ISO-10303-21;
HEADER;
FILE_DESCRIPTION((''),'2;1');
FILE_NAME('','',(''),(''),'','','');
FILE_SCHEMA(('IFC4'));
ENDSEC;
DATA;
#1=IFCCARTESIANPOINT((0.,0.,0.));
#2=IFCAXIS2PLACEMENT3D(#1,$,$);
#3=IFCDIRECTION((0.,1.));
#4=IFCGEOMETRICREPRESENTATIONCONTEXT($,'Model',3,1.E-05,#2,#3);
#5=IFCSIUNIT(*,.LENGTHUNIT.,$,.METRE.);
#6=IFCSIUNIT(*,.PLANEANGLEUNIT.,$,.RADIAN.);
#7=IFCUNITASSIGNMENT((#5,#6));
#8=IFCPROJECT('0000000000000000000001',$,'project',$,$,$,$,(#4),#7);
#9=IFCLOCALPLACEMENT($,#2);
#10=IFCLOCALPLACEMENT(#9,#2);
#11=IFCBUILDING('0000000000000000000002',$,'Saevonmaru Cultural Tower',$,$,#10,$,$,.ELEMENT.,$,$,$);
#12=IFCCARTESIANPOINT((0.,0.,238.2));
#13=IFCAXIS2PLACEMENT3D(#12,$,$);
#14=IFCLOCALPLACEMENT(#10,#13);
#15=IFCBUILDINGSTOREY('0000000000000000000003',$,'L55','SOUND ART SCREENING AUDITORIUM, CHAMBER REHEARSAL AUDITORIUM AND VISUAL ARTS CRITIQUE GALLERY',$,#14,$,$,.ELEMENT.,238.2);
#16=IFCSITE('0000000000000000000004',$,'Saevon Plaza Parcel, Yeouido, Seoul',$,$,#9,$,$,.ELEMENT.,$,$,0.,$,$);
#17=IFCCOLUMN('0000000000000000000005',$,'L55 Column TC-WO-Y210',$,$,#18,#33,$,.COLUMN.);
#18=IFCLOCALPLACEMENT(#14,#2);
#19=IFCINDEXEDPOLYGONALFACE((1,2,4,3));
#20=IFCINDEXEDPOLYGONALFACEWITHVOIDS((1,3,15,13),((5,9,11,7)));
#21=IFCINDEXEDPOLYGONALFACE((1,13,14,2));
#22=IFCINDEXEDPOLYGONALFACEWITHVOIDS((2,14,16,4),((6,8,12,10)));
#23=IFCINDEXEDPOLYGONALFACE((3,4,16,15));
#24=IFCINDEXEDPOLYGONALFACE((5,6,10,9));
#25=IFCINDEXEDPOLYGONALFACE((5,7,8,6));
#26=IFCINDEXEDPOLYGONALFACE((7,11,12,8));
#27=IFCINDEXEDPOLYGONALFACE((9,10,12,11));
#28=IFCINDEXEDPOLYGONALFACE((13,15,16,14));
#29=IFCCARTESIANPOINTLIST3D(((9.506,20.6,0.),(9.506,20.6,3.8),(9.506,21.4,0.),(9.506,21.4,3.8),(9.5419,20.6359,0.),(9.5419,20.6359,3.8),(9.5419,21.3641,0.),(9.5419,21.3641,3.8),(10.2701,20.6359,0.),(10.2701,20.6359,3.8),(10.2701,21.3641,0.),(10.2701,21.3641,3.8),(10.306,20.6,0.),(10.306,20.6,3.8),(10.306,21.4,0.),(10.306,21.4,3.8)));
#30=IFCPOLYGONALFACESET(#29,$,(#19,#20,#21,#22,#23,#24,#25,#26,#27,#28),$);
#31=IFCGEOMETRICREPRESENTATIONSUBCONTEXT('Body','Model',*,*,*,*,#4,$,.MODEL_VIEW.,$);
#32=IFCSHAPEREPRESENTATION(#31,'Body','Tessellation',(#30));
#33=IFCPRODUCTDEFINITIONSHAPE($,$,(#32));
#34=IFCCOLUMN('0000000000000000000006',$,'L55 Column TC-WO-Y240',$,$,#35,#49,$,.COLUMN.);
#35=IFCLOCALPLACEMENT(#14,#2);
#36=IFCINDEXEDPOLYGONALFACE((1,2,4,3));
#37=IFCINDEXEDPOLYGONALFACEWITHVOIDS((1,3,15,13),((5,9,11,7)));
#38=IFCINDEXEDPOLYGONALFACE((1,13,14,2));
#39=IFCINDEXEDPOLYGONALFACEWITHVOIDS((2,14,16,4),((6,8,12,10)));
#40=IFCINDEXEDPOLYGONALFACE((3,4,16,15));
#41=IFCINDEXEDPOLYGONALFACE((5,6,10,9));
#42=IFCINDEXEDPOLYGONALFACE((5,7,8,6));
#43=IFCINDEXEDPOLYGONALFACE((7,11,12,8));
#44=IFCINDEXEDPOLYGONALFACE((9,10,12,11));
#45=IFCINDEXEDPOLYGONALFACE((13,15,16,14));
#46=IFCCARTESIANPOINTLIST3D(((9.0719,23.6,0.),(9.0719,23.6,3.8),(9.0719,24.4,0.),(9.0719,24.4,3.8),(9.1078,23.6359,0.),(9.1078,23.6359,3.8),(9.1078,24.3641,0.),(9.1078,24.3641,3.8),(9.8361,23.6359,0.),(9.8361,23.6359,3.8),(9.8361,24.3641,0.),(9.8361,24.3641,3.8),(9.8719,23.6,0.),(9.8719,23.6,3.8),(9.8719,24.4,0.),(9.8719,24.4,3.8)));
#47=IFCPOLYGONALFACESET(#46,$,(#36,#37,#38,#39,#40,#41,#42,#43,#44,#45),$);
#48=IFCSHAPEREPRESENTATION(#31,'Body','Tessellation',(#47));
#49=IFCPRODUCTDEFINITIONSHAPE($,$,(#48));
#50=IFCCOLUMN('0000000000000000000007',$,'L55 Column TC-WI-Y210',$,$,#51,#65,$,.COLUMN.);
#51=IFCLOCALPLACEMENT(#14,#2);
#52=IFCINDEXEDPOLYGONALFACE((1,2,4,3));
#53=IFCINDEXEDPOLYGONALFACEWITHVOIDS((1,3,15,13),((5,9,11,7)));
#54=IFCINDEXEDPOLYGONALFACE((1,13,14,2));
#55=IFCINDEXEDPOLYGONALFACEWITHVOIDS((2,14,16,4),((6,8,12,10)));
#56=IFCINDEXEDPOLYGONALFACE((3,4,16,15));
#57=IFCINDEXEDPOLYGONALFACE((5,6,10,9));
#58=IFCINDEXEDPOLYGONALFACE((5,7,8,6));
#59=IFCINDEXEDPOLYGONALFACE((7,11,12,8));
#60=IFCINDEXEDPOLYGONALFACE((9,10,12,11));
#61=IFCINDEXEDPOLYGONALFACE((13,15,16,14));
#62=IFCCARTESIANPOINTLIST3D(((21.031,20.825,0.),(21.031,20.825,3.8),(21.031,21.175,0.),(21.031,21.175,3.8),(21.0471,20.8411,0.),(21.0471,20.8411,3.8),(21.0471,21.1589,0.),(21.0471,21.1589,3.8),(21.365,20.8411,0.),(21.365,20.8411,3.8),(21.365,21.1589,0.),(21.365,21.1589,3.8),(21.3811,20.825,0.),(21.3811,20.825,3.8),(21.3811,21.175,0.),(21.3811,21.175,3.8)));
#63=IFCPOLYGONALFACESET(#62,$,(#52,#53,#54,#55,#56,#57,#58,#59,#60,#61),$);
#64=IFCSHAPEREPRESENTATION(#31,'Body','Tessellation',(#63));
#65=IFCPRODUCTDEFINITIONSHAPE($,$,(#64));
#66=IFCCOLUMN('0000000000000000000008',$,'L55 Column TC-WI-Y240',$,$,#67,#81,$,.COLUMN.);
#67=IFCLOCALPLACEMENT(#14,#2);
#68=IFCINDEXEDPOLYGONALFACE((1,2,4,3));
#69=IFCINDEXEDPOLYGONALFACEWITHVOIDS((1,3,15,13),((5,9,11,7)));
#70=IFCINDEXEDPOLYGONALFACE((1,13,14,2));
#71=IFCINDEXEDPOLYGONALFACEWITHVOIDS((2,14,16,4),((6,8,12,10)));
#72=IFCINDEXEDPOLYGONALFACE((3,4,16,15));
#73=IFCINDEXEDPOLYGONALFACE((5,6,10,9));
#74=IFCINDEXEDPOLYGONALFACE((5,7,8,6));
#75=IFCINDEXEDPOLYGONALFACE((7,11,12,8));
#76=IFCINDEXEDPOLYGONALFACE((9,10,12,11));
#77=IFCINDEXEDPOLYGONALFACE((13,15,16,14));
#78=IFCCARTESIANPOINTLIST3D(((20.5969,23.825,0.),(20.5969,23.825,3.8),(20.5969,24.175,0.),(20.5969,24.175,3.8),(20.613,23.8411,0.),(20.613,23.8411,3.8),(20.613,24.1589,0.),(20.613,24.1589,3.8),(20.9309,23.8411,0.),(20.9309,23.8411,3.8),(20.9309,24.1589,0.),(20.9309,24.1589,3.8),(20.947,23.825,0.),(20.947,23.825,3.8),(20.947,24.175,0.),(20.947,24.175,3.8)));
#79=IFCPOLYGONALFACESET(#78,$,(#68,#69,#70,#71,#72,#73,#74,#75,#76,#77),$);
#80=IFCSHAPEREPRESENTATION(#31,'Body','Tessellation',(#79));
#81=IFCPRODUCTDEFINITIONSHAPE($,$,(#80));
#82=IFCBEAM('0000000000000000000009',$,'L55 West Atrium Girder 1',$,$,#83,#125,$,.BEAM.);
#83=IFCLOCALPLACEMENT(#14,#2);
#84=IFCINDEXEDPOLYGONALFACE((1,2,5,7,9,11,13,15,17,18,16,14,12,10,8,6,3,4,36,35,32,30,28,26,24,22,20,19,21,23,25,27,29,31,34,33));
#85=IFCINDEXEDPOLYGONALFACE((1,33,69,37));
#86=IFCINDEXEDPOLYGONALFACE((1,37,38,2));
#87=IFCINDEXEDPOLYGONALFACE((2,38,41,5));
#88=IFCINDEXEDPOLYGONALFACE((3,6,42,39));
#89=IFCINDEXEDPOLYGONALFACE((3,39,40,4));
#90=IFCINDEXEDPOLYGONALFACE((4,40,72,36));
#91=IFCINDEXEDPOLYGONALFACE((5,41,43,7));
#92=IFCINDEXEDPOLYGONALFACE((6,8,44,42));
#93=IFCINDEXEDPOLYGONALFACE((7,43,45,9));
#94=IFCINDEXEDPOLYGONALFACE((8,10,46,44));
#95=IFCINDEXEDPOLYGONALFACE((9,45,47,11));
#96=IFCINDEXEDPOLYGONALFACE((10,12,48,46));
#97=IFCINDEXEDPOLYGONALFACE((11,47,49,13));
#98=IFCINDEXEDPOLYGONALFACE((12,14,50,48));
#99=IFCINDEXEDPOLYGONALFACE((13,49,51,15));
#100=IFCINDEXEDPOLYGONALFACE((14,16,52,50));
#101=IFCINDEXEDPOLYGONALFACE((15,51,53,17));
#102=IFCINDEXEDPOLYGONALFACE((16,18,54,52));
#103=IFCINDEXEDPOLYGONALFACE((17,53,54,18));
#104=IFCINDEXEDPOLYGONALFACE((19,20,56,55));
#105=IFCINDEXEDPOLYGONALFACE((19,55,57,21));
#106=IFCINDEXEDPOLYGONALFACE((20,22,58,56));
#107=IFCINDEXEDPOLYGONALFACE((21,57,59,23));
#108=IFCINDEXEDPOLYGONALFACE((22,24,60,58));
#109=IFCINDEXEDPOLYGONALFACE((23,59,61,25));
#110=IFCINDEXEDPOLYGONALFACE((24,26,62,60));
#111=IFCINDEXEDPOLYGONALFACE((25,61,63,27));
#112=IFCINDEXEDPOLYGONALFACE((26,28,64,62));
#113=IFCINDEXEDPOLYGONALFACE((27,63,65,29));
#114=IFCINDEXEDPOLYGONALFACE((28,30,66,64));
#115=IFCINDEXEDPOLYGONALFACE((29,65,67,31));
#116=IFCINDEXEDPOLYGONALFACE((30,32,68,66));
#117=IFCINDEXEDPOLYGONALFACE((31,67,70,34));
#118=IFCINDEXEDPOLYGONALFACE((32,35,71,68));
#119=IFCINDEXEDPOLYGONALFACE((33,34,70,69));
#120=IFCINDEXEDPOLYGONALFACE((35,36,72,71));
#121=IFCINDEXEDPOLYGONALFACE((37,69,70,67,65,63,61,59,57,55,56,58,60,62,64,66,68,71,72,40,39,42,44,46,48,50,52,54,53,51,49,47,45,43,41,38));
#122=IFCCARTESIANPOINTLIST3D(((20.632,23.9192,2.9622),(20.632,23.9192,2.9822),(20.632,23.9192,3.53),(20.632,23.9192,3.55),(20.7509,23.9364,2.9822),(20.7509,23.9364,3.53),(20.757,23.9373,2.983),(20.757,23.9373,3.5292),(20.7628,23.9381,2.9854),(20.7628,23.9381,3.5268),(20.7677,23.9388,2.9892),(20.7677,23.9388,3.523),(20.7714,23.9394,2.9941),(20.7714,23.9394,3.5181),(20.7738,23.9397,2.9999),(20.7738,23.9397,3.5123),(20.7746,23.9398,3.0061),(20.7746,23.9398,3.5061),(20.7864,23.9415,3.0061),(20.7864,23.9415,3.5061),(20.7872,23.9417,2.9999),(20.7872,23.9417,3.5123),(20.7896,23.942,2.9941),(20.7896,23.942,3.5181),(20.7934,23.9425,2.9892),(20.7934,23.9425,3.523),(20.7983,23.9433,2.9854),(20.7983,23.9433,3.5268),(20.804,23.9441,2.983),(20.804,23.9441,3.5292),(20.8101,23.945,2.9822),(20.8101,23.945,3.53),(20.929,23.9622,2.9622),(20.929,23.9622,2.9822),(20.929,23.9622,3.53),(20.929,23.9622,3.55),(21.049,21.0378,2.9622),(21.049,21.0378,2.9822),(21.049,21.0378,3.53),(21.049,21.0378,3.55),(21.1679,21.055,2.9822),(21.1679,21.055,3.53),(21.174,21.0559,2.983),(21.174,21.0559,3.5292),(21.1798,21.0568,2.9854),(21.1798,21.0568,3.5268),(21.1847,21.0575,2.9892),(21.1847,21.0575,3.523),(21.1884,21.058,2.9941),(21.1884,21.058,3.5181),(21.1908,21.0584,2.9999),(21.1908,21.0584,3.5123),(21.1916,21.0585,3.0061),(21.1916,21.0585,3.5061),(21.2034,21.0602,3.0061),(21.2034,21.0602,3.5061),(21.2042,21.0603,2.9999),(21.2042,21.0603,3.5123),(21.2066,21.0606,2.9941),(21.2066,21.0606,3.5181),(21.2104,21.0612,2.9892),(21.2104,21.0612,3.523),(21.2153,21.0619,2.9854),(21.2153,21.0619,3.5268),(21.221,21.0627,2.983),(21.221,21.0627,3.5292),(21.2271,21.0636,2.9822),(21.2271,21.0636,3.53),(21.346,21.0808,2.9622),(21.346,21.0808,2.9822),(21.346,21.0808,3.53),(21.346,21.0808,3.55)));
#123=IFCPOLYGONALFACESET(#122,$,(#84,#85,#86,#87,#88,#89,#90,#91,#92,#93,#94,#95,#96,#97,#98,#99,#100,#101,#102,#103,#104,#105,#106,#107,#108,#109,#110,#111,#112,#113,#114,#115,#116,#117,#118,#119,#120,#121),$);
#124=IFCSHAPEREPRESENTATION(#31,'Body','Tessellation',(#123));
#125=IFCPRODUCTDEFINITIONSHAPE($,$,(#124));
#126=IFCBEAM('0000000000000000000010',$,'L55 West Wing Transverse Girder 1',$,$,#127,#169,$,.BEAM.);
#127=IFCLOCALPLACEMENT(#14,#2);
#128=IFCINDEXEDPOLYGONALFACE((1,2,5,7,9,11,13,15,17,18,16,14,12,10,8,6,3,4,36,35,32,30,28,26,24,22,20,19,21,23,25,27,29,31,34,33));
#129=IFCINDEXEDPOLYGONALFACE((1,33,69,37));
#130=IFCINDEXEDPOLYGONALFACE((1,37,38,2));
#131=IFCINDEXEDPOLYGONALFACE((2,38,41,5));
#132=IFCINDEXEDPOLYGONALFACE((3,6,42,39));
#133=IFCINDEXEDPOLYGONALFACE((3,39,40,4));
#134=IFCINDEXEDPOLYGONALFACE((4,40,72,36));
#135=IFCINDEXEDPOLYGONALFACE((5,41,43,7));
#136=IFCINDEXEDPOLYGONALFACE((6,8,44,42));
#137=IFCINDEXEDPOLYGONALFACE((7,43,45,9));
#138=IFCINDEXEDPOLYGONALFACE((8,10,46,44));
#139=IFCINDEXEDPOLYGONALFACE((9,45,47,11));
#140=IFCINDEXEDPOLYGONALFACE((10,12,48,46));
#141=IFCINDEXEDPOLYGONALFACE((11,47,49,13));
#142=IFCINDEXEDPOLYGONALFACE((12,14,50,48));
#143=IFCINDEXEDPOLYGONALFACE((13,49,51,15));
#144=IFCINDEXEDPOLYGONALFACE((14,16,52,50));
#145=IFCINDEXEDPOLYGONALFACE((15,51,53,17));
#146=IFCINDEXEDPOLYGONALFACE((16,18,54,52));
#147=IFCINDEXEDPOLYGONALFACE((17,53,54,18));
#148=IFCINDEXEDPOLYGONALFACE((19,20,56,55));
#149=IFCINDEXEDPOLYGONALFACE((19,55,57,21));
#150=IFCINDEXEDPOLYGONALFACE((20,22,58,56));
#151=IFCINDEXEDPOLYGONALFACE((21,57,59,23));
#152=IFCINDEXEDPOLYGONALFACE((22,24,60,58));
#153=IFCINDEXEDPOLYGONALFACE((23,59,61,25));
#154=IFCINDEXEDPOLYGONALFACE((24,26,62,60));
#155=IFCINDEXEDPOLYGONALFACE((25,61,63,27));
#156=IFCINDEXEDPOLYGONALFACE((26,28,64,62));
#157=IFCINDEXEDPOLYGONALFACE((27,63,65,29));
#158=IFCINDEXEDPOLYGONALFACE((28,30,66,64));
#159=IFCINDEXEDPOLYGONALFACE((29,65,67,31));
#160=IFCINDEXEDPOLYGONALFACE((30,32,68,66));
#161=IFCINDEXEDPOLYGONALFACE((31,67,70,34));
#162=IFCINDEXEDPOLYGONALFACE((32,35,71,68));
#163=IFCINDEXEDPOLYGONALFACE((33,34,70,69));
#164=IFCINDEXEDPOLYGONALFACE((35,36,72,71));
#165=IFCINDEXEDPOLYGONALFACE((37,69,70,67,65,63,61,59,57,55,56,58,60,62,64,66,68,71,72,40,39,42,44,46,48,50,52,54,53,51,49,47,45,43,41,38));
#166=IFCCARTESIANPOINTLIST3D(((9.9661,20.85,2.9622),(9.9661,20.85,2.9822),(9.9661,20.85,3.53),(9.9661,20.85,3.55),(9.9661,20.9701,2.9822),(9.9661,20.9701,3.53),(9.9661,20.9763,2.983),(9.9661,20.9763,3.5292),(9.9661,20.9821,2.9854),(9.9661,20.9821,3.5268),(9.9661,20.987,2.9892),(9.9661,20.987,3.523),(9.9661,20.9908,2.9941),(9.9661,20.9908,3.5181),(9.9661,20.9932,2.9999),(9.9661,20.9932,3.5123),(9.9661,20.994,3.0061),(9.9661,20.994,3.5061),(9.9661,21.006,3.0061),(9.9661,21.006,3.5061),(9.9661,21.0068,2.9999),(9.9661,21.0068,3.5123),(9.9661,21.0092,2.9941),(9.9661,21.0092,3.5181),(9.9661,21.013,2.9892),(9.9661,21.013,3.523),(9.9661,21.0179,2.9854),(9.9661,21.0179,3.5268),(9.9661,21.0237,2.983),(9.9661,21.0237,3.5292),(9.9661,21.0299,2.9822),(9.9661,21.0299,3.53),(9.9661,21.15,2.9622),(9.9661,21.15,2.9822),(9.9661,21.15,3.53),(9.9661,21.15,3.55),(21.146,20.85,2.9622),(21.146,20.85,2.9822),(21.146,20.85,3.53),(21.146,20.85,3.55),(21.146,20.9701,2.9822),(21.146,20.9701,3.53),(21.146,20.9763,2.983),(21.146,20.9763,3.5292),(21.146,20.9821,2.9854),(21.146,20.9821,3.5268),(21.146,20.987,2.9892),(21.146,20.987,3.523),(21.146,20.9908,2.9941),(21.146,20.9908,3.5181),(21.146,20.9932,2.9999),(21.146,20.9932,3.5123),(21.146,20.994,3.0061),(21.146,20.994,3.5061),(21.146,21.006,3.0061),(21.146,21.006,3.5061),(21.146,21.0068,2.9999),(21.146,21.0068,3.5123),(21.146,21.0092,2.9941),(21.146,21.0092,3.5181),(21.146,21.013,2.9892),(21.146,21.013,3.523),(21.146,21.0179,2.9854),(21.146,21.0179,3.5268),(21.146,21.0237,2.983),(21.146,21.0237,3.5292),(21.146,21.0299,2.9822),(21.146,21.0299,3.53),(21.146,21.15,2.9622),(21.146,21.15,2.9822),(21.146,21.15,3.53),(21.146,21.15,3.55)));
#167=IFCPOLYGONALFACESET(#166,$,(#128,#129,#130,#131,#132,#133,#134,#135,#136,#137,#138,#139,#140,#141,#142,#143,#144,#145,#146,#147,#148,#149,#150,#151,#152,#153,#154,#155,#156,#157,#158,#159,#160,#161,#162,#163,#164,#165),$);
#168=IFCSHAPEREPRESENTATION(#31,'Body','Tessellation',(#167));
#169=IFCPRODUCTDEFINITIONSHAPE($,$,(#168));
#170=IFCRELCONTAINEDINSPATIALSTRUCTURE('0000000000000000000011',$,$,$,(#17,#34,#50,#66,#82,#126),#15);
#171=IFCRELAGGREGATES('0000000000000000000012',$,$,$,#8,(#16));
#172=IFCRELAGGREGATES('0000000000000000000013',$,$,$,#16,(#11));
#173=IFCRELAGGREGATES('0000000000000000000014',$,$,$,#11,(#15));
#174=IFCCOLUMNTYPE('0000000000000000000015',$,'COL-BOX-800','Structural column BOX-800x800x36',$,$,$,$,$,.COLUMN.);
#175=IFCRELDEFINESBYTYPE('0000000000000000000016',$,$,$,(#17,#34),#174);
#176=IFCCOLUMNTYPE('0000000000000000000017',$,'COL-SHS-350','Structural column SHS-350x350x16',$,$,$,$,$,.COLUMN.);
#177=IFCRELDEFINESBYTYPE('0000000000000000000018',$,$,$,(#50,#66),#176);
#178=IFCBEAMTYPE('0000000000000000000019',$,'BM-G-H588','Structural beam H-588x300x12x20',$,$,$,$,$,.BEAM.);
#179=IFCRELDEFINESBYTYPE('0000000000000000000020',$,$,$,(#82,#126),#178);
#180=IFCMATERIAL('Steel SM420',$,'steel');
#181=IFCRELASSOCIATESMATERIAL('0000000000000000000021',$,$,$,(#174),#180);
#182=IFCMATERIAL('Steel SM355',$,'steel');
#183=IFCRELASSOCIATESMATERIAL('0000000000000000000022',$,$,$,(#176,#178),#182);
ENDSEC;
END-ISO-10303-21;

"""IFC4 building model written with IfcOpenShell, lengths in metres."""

from ifc_helpers import new_model, si_unit, direction, frame, origin, origin_2d, place, context, subcontext, project, spatial, hollow_rectangle, i_section, extrude, material, material_profile, profile_set, type_object, element, save


model = new_model("IFC4")

# Units and contexts
model_context = context("Model", 3, precision=1e-05, world=origin(), true_north=direction((0.0, 1.0)))
body_context = subcontext(model_context, "Body", "Model", "MODEL_VIEW")
ifc_project = project(units=[si_unit("LENGTHUNIT", "METRE"), si_unit("PLANEANGLEUNIT", "RADIAN")], contexts=[model_context])

# Site, building, storey
site_placement = place(None, origin())
site = spatial("IfcSite", under=ifc_project, at=site_placement, Name="Saevon Plaza Parcel, Yeouido, Seoul", CompositionType="ELEMENT", RefElevation=0.0)
building_placement = place(site_placement, origin())
building = spatial("IfcBuilding", under=site, at=building_placement, Name="Saevonmaru Cultural Tower", CompositionType="ELEMENT")
storey_placement = place(building_placement, frame((0.0, 0.0, 238.2)))
storey = spatial("IfcBuildingStorey", under=building, at=storey_placement, Name="L55", Description="SOUND ART SCREENING AUDITORIUM, CHAMBER REHEARSAL AUDITORIUM AND VISUAL ARTS CRITIQUE GALLERY", CompositionType="ELEMENT", Elevation=238.2)

# Columns
ifc_material_1 = material(Name="Steel SM420", Category="steel")
ifc_material_profile_1 = material_profile(ifc_material_1, hollow_rectangle(XDim=0.8, YDim=0.8, WallThickness=0.0359, at=origin_2d()), Name="BOX-800x800x36")
ifc_profile_set_1 = profile_set([ifc_material_profile_1], Name="Steel SM420")
column_type_1 = type_object("IfcColumnType", Name="COL-BOX-800", Description="Structural column BOX-800x800x36", PredefinedType="COLUMN", material=ifc_profile_set_1)
for number, where, z_axis, x_axis, name in (
    (1, (9.906, 21.0, 0.0), (0.0, 0.0, 1.0), (1.0, 0.0, 0.0), "L55 Column TC-WO-Y210"),
    (2, (9.4719, 24.0, 0.0), (0.0, 0.0, 1.0), (1.0, 0.0, 0.0), "L55 Column TC-WO-Y240"),
):
    element("IfcColumn", number, at=place(storey_placement, frame(where, z_axis=z_axis, x_axis=x_axis)), inside=storey, type_object=column_type_1, Name=name, PredefinedType="COLUMN", context=body_context, shape_type="SweptSolid", body=[
        extrude(hollow_rectangle(XDim=0.8, YDim=0.8, WallThickness=0.0359, at=origin_2d()), origin(), (0.0, 0.0, 1.0), 3.8),
    ])
ifc_material_2 = material(Name="Steel SM355", Category="steel")
ifc_material_profile_2 = material_profile(ifc_material_2, hollow_rectangle(XDim=0.3501, YDim=0.3501, WallThickness=0.0161, at=origin_2d()), Name="SHS-350x350x16")
ifc_profile_set_2 = profile_set([ifc_material_profile_2], Name="Steel SM355")
column_type_2 = type_object("IfcColumnType", Name="COL-SHS-350", Description="Structural column SHS-350x350x16", PredefinedType="COLUMN", material=ifc_profile_set_2)
for number, where, z_axis, x_axis, name in (
    (3, (21.2061, 21.0, 0.0), (0.0, 0.0, 1.0), (1.0, 0.0, 0.0), "L55 Column TC-WI-Y210"),
    (4, (20.772, 24.0, 0.0), (0.0, 0.0, 1.0), (1.0, 0.0, 0.0), "L55 Column TC-WI-Y240"),
):
    element("IfcColumn", number, at=place(storey_placement, frame(where, z_axis=z_axis, x_axis=x_axis)), inside=storey, type_object=column_type_2, Name=name, PredefinedType="COLUMN", context=body_context, shape_type="SweptSolid", body=[
        extrude(hollow_rectangle(XDim=0.3501, YDim=0.3501, WallThickness=0.0161, at=origin_2d()), origin(), (0.0, 0.0, 1.0), 3.8),
    ])

# Beams
ifc_material_profile_3 = material_profile(ifc_material_2, i_section(OverallWidth=0.3, OverallDepth=0.5879, WebThickness=0.012, FlangeThickness=0.02, FilletRadius=0.0239, at=origin_2d()), Name="H-588x300x12x20")
ifc_profile_set_3 = profile_set([ifc_material_profile_3], Name="Steel SM355")
beam_type_1 = type_object("IfcBeamType", Name="BM-G-H588", Description="Structural beam H-588x300x12x20", PredefinedType="BEAM", material=ifc_profile_set_3)
beam_1_placement = place(storey_placement, frame((21.1975, 21.0593, 3.2561), z_axis=(-0.143229, 0.98969, 0.0), x_axis=(-0.98969, -0.143229, 0.0)))
element("IfcBeam", 5, at=beam_1_placement, inside=storey, type_object=beam_type_1, Name="L55 West Atrium Girder 1", PredefinedType="BEAM", context=body_context, shape_type="SweptSolid", body=[
    extrude(i_section(OverallWidth=0.3, OverallDepth=0.5879, WebThickness=0.012, FlangeThickness=0.02, FilletRadius=0.0239, at=origin_2d()), origin(), (0.0, 0.0, 1.0), 2.9114),
])
for number, where, z_axis, x_axis, name in (
    (6, (9.9661, 21.0, 3.2561), (1.0, 0.0, 0.0), (0.0, 1.0, 0.0), "L55 West Wing Transverse Girder 1"),
):
    element("IfcBeam", number, at=place(storey_placement, frame(where, z_axis=z_axis, x_axis=x_axis)), inside=storey, type_object=beam_type_1, Name=name, PredefinedType="BEAM", context=body_context, shape_type="SweptSolid", body=[
        extrude(i_section(OverallWidth=0.3, OverallDepth=0.5879, WebThickness=0.012, FlangeThickness=0.02, FilletRadius=0.0239, at=origin_2d()), origin(), (0.0, 0.0, 1.0), 11.1799),
    ])

save(model, "model.ifc")
